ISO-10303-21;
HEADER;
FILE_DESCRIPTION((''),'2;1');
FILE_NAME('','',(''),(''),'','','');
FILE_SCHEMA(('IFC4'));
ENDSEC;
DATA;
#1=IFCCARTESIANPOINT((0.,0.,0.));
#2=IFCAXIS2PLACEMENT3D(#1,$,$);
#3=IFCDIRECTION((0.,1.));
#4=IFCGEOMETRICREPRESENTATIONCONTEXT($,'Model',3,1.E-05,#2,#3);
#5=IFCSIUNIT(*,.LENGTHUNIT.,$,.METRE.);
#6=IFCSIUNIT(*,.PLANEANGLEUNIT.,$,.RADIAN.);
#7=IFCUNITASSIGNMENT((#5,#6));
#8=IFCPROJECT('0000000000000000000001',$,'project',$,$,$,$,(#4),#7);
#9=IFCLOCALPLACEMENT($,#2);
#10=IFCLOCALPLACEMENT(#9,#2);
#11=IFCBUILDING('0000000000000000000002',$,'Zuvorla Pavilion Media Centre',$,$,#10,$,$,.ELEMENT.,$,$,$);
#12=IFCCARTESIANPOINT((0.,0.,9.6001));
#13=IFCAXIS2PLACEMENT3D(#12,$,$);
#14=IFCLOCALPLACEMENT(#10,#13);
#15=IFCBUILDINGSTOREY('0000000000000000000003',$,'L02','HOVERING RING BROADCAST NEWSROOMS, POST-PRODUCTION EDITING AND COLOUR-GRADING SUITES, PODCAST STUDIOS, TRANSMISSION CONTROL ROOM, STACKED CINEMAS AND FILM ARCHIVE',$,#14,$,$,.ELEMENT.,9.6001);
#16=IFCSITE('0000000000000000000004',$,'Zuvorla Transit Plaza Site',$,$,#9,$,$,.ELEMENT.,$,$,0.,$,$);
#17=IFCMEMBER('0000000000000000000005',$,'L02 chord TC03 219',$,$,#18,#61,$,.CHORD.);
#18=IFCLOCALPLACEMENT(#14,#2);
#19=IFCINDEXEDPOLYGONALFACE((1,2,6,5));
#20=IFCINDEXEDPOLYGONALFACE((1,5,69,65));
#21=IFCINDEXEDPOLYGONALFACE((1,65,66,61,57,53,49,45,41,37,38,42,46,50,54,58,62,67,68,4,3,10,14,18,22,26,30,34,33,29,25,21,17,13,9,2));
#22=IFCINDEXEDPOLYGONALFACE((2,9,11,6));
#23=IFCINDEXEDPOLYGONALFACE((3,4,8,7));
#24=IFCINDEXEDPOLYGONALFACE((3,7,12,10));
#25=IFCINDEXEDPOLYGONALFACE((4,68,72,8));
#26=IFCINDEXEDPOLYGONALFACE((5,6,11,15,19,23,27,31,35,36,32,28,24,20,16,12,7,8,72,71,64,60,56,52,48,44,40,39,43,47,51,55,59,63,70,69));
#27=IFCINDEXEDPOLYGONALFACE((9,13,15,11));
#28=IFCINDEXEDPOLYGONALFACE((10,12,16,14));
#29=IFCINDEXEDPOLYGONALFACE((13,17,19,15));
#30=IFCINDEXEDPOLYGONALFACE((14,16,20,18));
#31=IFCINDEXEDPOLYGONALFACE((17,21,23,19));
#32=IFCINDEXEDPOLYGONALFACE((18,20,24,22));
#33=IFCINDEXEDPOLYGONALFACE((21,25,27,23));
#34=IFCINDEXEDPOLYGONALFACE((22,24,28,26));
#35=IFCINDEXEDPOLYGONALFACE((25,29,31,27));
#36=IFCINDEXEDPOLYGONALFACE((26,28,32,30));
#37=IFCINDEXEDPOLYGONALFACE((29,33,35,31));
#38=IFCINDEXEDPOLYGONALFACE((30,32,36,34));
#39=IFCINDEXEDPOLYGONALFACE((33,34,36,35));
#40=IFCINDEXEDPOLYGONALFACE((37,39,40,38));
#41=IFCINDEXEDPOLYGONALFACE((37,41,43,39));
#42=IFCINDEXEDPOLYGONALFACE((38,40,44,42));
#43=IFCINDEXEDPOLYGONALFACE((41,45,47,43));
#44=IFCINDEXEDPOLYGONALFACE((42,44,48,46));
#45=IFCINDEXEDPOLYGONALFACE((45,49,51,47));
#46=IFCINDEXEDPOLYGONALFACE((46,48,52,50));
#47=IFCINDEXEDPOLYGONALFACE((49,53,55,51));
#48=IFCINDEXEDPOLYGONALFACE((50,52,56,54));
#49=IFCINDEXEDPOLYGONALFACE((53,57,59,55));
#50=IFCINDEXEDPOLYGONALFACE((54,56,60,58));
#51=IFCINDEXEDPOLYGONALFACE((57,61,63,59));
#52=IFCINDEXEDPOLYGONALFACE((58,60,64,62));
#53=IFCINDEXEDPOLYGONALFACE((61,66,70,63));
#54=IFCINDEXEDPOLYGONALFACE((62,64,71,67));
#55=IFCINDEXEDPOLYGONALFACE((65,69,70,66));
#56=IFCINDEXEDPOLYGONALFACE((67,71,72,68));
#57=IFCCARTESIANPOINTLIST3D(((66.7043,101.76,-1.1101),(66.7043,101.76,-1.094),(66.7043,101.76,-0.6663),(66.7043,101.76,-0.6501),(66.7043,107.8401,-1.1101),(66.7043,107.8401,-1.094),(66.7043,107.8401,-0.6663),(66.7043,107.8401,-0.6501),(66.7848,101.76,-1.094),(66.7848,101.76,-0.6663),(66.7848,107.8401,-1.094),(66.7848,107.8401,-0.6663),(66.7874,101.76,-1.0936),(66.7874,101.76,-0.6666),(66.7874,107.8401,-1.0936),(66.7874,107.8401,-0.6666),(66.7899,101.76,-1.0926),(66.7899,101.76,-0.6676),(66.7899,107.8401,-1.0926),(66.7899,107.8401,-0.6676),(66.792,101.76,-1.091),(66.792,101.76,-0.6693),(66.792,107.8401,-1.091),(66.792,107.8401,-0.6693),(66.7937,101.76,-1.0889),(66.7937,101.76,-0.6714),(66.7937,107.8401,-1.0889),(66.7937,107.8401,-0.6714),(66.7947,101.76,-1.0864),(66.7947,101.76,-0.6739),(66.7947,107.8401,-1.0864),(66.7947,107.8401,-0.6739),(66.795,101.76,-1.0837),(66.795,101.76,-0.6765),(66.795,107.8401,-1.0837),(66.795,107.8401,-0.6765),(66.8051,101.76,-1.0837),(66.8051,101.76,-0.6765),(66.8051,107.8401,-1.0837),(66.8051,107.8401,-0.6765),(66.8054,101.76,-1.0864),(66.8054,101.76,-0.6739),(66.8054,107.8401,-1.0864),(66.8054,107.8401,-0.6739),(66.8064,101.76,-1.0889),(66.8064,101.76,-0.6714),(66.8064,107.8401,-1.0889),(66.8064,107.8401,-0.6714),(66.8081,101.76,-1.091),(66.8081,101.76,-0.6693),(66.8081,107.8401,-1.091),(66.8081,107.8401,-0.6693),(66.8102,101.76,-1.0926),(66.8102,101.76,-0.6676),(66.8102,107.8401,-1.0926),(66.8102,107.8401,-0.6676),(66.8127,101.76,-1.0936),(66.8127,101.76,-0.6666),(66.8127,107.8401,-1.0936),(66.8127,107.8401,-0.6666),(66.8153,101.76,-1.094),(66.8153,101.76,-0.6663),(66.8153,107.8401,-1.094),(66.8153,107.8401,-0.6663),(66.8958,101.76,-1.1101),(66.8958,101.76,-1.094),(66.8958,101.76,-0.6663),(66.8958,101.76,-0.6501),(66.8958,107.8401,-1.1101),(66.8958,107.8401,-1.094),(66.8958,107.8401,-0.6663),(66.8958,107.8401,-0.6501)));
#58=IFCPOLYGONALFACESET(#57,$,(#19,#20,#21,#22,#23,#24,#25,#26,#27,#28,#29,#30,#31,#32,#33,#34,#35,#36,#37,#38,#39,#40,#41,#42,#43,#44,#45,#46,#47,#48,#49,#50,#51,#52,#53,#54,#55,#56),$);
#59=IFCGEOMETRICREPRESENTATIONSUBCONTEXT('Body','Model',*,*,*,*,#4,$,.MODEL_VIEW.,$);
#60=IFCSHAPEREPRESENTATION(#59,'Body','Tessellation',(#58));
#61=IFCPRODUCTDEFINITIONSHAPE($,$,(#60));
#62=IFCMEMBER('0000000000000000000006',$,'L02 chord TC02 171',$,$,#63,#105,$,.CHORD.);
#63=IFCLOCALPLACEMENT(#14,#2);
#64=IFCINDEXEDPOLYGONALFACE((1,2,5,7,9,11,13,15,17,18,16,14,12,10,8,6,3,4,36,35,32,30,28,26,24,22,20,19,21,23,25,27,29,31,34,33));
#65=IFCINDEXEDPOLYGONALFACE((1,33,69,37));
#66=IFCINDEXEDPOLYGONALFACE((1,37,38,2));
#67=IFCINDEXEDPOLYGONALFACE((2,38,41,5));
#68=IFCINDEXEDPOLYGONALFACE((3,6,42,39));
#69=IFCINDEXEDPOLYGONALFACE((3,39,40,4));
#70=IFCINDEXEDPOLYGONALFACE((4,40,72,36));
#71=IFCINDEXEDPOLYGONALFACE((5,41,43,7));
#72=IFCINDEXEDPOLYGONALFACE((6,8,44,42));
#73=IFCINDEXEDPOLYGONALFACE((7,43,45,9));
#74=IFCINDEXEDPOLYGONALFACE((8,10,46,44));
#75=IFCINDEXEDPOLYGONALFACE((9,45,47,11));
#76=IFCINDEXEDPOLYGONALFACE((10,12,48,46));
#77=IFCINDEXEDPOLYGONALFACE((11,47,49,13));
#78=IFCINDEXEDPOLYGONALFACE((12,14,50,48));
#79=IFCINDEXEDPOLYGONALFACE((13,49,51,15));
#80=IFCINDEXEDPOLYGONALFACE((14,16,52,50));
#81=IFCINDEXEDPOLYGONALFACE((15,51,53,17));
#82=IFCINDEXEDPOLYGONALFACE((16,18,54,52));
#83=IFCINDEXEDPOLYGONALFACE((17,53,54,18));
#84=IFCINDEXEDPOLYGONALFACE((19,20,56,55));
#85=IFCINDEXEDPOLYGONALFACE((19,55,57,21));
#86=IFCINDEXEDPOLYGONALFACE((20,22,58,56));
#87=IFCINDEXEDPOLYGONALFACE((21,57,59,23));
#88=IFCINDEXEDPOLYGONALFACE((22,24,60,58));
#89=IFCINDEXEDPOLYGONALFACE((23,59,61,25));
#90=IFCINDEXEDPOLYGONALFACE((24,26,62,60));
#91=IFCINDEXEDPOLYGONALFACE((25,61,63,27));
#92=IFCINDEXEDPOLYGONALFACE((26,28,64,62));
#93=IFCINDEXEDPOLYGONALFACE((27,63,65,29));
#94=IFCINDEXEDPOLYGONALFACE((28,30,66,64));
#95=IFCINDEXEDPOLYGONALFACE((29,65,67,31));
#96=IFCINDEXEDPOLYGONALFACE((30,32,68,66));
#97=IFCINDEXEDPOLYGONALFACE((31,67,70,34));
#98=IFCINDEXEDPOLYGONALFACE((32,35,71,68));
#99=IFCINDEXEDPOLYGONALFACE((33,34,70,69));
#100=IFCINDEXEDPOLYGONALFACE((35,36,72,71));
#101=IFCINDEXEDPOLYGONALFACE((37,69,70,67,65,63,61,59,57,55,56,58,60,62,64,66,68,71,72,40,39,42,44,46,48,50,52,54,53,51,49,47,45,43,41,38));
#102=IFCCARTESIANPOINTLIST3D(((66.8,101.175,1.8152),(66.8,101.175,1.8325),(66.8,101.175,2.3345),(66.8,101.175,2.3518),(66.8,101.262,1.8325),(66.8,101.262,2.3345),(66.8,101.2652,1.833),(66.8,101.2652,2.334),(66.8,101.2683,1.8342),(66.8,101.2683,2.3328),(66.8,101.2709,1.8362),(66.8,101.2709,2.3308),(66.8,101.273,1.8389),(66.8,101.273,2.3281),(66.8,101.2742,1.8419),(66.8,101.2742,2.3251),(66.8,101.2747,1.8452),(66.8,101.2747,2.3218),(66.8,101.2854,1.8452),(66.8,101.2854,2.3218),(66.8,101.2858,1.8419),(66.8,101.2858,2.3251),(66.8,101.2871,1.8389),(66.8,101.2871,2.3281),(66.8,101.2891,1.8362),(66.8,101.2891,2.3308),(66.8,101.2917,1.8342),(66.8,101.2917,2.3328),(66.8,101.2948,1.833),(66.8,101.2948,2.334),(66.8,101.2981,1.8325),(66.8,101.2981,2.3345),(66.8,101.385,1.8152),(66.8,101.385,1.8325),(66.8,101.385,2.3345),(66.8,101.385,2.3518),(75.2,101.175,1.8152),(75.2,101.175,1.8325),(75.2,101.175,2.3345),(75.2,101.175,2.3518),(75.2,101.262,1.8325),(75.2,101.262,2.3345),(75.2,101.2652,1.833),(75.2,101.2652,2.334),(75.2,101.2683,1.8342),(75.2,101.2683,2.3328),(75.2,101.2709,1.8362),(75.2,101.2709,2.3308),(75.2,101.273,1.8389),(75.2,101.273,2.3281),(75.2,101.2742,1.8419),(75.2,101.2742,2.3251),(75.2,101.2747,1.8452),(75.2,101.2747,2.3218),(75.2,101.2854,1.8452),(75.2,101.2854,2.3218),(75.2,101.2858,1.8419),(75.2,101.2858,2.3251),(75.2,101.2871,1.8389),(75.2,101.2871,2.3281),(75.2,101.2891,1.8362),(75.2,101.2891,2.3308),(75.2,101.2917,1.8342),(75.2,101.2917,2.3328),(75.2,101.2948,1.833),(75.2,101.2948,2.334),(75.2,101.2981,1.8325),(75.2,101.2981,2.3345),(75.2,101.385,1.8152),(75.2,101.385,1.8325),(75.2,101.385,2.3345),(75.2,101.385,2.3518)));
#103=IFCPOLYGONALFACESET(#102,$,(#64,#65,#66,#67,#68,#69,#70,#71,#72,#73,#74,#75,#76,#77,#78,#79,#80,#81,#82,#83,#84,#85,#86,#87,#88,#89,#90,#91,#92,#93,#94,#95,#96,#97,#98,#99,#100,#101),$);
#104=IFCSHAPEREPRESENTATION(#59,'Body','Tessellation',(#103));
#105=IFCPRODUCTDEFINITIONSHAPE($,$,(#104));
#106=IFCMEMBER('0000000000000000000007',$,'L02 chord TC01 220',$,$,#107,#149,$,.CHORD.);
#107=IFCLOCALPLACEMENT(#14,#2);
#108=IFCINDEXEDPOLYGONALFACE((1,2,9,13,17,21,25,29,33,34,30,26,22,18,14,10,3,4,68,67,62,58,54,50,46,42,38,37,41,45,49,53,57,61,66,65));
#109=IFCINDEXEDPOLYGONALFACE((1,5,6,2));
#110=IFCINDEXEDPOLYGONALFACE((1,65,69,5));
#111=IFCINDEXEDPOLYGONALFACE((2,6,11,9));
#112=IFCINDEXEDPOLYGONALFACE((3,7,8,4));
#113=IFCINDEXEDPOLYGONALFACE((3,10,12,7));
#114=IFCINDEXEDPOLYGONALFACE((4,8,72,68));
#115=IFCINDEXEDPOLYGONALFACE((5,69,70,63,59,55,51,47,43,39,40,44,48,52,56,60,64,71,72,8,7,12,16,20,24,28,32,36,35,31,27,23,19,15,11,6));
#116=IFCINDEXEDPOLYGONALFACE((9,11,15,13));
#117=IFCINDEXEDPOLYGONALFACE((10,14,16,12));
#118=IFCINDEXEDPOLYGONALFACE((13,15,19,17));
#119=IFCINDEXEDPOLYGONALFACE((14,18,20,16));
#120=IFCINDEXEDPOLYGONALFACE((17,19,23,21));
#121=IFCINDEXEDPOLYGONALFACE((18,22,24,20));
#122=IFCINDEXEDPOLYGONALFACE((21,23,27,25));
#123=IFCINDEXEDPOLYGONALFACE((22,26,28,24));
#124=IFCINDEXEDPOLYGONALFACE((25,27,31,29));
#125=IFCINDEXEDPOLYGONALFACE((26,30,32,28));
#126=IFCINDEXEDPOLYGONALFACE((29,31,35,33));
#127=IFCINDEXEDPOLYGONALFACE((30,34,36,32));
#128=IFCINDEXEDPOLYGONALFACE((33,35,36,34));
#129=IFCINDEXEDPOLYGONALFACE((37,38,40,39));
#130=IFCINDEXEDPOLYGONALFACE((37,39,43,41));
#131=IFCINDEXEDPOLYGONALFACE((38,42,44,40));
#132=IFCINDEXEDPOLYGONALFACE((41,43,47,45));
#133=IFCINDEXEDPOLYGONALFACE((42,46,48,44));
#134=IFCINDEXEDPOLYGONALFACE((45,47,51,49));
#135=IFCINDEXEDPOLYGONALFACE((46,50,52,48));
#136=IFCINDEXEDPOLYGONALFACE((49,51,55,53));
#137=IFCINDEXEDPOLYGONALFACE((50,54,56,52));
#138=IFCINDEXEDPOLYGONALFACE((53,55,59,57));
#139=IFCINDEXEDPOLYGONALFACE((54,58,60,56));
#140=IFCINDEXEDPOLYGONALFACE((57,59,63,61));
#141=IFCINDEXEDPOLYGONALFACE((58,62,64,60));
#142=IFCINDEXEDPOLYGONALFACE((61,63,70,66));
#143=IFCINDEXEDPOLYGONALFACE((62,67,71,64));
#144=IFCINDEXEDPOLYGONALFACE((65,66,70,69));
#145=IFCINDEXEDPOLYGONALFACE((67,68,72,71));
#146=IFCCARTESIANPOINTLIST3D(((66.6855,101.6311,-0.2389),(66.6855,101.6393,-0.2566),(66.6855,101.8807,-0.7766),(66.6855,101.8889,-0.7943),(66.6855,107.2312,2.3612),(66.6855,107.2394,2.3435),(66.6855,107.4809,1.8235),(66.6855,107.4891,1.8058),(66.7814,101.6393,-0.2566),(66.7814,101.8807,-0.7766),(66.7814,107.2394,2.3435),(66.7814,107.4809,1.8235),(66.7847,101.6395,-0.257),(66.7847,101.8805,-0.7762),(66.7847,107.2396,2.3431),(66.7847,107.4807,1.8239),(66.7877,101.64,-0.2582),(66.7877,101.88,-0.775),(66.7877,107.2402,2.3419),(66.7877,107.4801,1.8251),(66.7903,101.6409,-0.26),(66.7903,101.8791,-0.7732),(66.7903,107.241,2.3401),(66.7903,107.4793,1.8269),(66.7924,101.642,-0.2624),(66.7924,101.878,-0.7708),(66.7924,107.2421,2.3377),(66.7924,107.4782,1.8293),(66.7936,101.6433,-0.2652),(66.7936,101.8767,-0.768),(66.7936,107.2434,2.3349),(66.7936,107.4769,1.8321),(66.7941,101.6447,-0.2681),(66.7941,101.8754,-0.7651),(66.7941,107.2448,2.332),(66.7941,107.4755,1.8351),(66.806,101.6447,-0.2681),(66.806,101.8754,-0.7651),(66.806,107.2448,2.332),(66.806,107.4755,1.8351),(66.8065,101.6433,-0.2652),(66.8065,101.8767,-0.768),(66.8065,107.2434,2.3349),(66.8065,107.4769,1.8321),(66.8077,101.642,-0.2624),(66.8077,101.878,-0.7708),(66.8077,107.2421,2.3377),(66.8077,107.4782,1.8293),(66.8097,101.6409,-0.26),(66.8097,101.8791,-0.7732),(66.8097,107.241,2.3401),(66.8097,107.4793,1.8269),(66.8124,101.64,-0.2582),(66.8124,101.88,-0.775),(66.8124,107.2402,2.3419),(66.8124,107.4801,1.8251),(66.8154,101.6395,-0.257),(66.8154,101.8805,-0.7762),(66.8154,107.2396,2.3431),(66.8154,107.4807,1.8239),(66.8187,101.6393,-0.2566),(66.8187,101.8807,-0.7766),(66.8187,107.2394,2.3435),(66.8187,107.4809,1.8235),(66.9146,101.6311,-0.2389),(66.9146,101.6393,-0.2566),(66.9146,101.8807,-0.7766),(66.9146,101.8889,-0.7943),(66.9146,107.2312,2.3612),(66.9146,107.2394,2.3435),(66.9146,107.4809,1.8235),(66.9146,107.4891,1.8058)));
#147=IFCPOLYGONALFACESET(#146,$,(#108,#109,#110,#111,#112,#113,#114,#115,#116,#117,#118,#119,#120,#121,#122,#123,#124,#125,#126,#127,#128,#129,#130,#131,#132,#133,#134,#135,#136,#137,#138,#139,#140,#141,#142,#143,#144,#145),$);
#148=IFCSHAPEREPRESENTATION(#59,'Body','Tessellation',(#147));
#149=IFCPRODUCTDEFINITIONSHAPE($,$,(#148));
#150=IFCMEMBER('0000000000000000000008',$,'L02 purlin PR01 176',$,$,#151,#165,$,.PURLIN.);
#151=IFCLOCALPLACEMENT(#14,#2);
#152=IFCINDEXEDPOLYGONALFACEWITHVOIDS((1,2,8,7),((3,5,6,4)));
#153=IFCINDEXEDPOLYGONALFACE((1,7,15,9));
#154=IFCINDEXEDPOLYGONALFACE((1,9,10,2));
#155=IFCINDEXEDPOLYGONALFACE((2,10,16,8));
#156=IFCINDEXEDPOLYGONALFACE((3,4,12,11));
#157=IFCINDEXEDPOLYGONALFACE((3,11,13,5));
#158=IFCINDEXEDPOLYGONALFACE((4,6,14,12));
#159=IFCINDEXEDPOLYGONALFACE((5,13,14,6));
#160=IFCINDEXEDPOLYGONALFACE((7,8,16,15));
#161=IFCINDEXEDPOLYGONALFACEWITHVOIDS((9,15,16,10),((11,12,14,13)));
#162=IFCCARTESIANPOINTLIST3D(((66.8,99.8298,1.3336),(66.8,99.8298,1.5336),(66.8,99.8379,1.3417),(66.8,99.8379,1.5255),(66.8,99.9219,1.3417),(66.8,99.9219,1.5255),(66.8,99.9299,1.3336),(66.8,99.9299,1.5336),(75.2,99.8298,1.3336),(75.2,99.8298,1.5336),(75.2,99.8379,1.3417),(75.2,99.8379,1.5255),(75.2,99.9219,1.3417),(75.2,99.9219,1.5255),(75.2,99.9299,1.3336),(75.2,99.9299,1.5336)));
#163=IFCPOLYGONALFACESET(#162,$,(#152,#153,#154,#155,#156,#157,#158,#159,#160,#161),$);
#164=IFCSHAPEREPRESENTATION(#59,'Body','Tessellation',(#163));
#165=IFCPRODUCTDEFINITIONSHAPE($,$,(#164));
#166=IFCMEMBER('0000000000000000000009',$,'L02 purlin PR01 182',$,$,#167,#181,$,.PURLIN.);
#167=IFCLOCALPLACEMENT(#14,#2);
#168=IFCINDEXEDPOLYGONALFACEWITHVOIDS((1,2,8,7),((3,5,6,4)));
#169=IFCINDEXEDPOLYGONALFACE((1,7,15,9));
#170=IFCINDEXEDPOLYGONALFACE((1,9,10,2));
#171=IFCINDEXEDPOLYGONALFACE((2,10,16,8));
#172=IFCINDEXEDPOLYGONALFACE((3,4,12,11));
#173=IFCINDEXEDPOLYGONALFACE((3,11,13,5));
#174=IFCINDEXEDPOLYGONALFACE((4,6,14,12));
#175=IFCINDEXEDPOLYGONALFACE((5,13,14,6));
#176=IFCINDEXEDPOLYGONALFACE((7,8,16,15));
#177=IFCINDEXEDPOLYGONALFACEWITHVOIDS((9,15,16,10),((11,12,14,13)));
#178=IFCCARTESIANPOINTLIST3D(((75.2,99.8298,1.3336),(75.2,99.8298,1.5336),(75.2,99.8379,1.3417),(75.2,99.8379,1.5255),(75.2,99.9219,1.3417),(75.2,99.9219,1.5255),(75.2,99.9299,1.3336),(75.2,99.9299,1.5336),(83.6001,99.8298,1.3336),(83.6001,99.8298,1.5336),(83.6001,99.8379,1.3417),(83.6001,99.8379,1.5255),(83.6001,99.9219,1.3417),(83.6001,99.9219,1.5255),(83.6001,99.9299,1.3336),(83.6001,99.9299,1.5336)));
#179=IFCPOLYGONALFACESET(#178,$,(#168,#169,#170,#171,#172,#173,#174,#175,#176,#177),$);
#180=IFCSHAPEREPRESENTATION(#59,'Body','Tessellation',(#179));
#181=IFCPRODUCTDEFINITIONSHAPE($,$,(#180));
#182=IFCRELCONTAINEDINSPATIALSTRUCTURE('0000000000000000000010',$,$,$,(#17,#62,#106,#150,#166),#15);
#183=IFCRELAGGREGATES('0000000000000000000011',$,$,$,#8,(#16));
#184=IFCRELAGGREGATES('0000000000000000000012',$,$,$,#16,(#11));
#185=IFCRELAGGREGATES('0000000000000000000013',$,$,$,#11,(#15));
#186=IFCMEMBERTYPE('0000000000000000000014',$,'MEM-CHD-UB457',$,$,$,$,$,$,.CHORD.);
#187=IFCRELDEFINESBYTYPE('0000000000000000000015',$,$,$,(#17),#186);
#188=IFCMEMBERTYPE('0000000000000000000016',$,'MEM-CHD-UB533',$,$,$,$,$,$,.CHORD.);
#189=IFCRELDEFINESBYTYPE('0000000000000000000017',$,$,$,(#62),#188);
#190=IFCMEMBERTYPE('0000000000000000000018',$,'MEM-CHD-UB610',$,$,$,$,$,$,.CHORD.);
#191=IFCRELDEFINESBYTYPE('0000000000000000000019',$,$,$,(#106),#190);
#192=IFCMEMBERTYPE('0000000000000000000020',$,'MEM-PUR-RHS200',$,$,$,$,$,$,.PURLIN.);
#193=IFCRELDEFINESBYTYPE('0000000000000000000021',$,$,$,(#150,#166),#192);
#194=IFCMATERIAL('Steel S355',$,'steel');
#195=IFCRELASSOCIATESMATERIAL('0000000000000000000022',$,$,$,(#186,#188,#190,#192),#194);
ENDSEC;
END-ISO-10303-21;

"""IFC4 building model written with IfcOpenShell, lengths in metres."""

from ifc_helpers import new_model, si_unit, direction, frame, origin, origin_2d, place, context, subcontext, project, spatial, hollow_rectangle, i_section, extrude, material, material_profile, profile_set, type_object, element, save


model = new_model("IFC4")

# Units and contexts
model_context = context("Model", 3, precision=1e-05, world=origin(), true_north=direction((0.0, 1.0)))
body_context = subcontext(model_context, "Body", "Model", "MODEL_VIEW")
ifc_project = project(units=[si_unit("LENGTHUNIT", "METRE"), si_unit("PLANEANGLEUNIT", "RADIAN")], contexts=[model_context])

# Site, building, storey
site_placement = place(None, origin())
site = spatial("IfcSite", under=ifc_project, at=site_placement, Name="Zuvorla Transit Plaza Site", CompositionType="ELEMENT", RefElevation=0.0)
building_placement = place(site_placement, origin())
building = spatial("IfcBuilding", under=site, at=building_placement, Name="Zuvorla Pavilion Media Centre", CompositionType="ELEMENT")
storey_placement = place(building_placement, frame((0.0, 0.0, 9.6001)))
storey = spatial("IfcBuildingStorey", under=building, at=storey_placement, Name="L02", Description="HOVERING RING BROADCAST NEWSROOMS, POST-PRODUCTION EDITING AND COLOUR-GRADING SUITES, PODCAST STUDIOS, TRANSMISSION CONTROL ROOM, STACKED CINEMAS AND FILM ARCHIVE", CompositionType="ELEMENT", Elevation=9.6001)

# Shared definitions
ifc_material_1 = material(Name="Steel S355", Category="steel")

# Members
ifc_material_profile_1 = material_profile(ifc_material_1, i_section(OverallWidth=0.1914, OverallDepth=0.46, WebThickness=0.01, FlangeThickness=0.0161, FilletRadius=0.0103, at=origin_2d()), Name="UB 457x191x82")
ifc_profile_set_1 = profile_set([ifc_material_profile_1], Name="Steel S355")
member_type_1 = type_object("IfcMemberType", Name="MEM-CHD-UB457", PredefinedType="CHORD", material=ifc_profile_set_1)
member_1_placement = place(storey_placement, frame((66.8, 101.76, -0.8801), z_axis=(0.0, 1.0, 0.0), x_axis=(-1.0, 0.0, 0.0)))
element("IfcMember", 1, at=member_1_placement, inside=storey, type_object=member_type_1, Name="L02 chord TC03 219", PredefinedType="CHORD", context=body_context, shape_type="SweptSolid", body=[
    extrude(i_section(OverallWidth=0.1914, OverallDepth=0.46, WebThickness=0.01, FlangeThickness=0.0161, FilletRadius=0.0103, at=origin_2d()), origin(), (0.0, 0.0, 1.0), 6.0801),
])
ifc_material_profile_2 = material_profile(ifc_material_1, i_section(OverallWidth=0.21, OverallDepth=0.5366, WebThickness=0.0107, FlangeThickness=0.0173, FilletRadius=0.0127, at=origin_2d()), Name="UB 533x210x101")
ifc_profile_set_2 = profile_set([ifc_material_profile_2], Name="Steel S355")
member_type_2 = type_object("IfcMemberType", Name="MEM-CHD-UB533", PredefinedType="CHORD", material=ifc_profile_set_2)
member_2_placement = place(storey_placement, frame((66.8, 101.28, 2.0835), z_axis=(1.0, 0.0, 0.0), x_axis=(0.0, 1.0, 0.0)))
element("IfcMember", 2, at=member_2_placement, inside=storey, type_object=member_type_2, Name="L02 chord TC02 171", PredefinedType="CHORD", context=body_context, shape_type="SweptSolid", body=[
    extrude(i_section(OverallWidth=0.21, OverallDepth=0.5366, WebThickness=0.0107, FlangeThickness=0.0173, FilletRadius=0.0127, at=origin_2d()), origin(), (0.0, 0.0, 1.0), 8.3999),
])
ifc_material_profile_3 = material_profile(ifc_material_1, i_section(OverallWidth=0.229, OverallDepth=0.6123, WebThickness=0.012, FlangeThickness=0.0195, FilletRadius=0.0127, at=origin_2d()), Name="UB 610x229x125")
ifc_profile_set_3 = profile_set([ifc_material_profile_3], Name="Steel S355")
member_type_3 = type_object("IfcMemberType", Name="MEM-CHD-UB610", PredefinedType="CHORD", material=ifc_profile_set_3)
member_3_placement = place(storey_placement, frame((66.8, 101.76, -0.5166), z_axis=(0.0, 0.907006, 0.421118), x_axis=(-1.0, 0.0, 0.0)))
element("IfcMember", 3, at=member_3_placement, inside=storey, type_object=member_type_3, Name="L02 chord TC01 220", PredefinedType="CHORD", context=body_context, shape_type="SweptSolid", body=[
    extrude(i_section(OverallWidth=0.229, OverallDepth=0.6123, WebThickness=0.012, FlangeThickness=0.0195, FilletRadius=0.0127, at=origin_2d()), origin(), (0.0, 0.0, 1.0), 6.1743),
])
ifc_material_profile_4 = material_profile(ifc_material_1, hollow_rectangle(XDim=0.1001, YDim=0.2, WallThickness=0.0081, at=origin_2d()), Name="RHS 200x100x8")
ifc_profile_set_4 = profile_set([ifc_material_profile_4], Name="Steel S355")
member_type_4 = type_object("IfcMemberType", Name="MEM-PUR-RHS200", PredefinedType="PURLIN", material=ifc_profile_set_4)
member_4_placement = place(storey_placement, frame((66.8, 99.8799, 1.4336), z_axis=(1.0, 0.0, 0.0), x_axis=(0.0, 1.0, 0.0)))
element("IfcMember", 4, at=member_4_placement, inside=storey, type_object=member_type_4, Name="L02 purlin PR01 176", PredefinedType="PURLIN", context=body_context, shape_type="SweptSolid", body=[
    extrude(hollow_rectangle(XDim=0.1001, YDim=0.2, WallThickness=0.0081, at=origin_2d()), origin(), (0.0, 0.0, 1.0), 8.3999),
])
member_5_placement = place(storey_placement, frame((75.2, 99.8799, 1.4336), z_axis=(1.0, 0.0, 0.0), x_axis=(0.0, 1.0, 0.0)))
element("IfcMember", 5, at=member_5_placement, inside=storey, type_object=member_type_4, Name="L02 purlin PR01 182", PredefinedType="PURLIN", context=body_context, shape_type="SweptSolid", body=[
    extrude(hollow_rectangle(XDim=0.1001, YDim=0.2, WallThickness=0.0081, at=origin_2d()), origin(), (0.0, 0.0, 1.0), 8.4001),
])

save(model, "model.ifc")
